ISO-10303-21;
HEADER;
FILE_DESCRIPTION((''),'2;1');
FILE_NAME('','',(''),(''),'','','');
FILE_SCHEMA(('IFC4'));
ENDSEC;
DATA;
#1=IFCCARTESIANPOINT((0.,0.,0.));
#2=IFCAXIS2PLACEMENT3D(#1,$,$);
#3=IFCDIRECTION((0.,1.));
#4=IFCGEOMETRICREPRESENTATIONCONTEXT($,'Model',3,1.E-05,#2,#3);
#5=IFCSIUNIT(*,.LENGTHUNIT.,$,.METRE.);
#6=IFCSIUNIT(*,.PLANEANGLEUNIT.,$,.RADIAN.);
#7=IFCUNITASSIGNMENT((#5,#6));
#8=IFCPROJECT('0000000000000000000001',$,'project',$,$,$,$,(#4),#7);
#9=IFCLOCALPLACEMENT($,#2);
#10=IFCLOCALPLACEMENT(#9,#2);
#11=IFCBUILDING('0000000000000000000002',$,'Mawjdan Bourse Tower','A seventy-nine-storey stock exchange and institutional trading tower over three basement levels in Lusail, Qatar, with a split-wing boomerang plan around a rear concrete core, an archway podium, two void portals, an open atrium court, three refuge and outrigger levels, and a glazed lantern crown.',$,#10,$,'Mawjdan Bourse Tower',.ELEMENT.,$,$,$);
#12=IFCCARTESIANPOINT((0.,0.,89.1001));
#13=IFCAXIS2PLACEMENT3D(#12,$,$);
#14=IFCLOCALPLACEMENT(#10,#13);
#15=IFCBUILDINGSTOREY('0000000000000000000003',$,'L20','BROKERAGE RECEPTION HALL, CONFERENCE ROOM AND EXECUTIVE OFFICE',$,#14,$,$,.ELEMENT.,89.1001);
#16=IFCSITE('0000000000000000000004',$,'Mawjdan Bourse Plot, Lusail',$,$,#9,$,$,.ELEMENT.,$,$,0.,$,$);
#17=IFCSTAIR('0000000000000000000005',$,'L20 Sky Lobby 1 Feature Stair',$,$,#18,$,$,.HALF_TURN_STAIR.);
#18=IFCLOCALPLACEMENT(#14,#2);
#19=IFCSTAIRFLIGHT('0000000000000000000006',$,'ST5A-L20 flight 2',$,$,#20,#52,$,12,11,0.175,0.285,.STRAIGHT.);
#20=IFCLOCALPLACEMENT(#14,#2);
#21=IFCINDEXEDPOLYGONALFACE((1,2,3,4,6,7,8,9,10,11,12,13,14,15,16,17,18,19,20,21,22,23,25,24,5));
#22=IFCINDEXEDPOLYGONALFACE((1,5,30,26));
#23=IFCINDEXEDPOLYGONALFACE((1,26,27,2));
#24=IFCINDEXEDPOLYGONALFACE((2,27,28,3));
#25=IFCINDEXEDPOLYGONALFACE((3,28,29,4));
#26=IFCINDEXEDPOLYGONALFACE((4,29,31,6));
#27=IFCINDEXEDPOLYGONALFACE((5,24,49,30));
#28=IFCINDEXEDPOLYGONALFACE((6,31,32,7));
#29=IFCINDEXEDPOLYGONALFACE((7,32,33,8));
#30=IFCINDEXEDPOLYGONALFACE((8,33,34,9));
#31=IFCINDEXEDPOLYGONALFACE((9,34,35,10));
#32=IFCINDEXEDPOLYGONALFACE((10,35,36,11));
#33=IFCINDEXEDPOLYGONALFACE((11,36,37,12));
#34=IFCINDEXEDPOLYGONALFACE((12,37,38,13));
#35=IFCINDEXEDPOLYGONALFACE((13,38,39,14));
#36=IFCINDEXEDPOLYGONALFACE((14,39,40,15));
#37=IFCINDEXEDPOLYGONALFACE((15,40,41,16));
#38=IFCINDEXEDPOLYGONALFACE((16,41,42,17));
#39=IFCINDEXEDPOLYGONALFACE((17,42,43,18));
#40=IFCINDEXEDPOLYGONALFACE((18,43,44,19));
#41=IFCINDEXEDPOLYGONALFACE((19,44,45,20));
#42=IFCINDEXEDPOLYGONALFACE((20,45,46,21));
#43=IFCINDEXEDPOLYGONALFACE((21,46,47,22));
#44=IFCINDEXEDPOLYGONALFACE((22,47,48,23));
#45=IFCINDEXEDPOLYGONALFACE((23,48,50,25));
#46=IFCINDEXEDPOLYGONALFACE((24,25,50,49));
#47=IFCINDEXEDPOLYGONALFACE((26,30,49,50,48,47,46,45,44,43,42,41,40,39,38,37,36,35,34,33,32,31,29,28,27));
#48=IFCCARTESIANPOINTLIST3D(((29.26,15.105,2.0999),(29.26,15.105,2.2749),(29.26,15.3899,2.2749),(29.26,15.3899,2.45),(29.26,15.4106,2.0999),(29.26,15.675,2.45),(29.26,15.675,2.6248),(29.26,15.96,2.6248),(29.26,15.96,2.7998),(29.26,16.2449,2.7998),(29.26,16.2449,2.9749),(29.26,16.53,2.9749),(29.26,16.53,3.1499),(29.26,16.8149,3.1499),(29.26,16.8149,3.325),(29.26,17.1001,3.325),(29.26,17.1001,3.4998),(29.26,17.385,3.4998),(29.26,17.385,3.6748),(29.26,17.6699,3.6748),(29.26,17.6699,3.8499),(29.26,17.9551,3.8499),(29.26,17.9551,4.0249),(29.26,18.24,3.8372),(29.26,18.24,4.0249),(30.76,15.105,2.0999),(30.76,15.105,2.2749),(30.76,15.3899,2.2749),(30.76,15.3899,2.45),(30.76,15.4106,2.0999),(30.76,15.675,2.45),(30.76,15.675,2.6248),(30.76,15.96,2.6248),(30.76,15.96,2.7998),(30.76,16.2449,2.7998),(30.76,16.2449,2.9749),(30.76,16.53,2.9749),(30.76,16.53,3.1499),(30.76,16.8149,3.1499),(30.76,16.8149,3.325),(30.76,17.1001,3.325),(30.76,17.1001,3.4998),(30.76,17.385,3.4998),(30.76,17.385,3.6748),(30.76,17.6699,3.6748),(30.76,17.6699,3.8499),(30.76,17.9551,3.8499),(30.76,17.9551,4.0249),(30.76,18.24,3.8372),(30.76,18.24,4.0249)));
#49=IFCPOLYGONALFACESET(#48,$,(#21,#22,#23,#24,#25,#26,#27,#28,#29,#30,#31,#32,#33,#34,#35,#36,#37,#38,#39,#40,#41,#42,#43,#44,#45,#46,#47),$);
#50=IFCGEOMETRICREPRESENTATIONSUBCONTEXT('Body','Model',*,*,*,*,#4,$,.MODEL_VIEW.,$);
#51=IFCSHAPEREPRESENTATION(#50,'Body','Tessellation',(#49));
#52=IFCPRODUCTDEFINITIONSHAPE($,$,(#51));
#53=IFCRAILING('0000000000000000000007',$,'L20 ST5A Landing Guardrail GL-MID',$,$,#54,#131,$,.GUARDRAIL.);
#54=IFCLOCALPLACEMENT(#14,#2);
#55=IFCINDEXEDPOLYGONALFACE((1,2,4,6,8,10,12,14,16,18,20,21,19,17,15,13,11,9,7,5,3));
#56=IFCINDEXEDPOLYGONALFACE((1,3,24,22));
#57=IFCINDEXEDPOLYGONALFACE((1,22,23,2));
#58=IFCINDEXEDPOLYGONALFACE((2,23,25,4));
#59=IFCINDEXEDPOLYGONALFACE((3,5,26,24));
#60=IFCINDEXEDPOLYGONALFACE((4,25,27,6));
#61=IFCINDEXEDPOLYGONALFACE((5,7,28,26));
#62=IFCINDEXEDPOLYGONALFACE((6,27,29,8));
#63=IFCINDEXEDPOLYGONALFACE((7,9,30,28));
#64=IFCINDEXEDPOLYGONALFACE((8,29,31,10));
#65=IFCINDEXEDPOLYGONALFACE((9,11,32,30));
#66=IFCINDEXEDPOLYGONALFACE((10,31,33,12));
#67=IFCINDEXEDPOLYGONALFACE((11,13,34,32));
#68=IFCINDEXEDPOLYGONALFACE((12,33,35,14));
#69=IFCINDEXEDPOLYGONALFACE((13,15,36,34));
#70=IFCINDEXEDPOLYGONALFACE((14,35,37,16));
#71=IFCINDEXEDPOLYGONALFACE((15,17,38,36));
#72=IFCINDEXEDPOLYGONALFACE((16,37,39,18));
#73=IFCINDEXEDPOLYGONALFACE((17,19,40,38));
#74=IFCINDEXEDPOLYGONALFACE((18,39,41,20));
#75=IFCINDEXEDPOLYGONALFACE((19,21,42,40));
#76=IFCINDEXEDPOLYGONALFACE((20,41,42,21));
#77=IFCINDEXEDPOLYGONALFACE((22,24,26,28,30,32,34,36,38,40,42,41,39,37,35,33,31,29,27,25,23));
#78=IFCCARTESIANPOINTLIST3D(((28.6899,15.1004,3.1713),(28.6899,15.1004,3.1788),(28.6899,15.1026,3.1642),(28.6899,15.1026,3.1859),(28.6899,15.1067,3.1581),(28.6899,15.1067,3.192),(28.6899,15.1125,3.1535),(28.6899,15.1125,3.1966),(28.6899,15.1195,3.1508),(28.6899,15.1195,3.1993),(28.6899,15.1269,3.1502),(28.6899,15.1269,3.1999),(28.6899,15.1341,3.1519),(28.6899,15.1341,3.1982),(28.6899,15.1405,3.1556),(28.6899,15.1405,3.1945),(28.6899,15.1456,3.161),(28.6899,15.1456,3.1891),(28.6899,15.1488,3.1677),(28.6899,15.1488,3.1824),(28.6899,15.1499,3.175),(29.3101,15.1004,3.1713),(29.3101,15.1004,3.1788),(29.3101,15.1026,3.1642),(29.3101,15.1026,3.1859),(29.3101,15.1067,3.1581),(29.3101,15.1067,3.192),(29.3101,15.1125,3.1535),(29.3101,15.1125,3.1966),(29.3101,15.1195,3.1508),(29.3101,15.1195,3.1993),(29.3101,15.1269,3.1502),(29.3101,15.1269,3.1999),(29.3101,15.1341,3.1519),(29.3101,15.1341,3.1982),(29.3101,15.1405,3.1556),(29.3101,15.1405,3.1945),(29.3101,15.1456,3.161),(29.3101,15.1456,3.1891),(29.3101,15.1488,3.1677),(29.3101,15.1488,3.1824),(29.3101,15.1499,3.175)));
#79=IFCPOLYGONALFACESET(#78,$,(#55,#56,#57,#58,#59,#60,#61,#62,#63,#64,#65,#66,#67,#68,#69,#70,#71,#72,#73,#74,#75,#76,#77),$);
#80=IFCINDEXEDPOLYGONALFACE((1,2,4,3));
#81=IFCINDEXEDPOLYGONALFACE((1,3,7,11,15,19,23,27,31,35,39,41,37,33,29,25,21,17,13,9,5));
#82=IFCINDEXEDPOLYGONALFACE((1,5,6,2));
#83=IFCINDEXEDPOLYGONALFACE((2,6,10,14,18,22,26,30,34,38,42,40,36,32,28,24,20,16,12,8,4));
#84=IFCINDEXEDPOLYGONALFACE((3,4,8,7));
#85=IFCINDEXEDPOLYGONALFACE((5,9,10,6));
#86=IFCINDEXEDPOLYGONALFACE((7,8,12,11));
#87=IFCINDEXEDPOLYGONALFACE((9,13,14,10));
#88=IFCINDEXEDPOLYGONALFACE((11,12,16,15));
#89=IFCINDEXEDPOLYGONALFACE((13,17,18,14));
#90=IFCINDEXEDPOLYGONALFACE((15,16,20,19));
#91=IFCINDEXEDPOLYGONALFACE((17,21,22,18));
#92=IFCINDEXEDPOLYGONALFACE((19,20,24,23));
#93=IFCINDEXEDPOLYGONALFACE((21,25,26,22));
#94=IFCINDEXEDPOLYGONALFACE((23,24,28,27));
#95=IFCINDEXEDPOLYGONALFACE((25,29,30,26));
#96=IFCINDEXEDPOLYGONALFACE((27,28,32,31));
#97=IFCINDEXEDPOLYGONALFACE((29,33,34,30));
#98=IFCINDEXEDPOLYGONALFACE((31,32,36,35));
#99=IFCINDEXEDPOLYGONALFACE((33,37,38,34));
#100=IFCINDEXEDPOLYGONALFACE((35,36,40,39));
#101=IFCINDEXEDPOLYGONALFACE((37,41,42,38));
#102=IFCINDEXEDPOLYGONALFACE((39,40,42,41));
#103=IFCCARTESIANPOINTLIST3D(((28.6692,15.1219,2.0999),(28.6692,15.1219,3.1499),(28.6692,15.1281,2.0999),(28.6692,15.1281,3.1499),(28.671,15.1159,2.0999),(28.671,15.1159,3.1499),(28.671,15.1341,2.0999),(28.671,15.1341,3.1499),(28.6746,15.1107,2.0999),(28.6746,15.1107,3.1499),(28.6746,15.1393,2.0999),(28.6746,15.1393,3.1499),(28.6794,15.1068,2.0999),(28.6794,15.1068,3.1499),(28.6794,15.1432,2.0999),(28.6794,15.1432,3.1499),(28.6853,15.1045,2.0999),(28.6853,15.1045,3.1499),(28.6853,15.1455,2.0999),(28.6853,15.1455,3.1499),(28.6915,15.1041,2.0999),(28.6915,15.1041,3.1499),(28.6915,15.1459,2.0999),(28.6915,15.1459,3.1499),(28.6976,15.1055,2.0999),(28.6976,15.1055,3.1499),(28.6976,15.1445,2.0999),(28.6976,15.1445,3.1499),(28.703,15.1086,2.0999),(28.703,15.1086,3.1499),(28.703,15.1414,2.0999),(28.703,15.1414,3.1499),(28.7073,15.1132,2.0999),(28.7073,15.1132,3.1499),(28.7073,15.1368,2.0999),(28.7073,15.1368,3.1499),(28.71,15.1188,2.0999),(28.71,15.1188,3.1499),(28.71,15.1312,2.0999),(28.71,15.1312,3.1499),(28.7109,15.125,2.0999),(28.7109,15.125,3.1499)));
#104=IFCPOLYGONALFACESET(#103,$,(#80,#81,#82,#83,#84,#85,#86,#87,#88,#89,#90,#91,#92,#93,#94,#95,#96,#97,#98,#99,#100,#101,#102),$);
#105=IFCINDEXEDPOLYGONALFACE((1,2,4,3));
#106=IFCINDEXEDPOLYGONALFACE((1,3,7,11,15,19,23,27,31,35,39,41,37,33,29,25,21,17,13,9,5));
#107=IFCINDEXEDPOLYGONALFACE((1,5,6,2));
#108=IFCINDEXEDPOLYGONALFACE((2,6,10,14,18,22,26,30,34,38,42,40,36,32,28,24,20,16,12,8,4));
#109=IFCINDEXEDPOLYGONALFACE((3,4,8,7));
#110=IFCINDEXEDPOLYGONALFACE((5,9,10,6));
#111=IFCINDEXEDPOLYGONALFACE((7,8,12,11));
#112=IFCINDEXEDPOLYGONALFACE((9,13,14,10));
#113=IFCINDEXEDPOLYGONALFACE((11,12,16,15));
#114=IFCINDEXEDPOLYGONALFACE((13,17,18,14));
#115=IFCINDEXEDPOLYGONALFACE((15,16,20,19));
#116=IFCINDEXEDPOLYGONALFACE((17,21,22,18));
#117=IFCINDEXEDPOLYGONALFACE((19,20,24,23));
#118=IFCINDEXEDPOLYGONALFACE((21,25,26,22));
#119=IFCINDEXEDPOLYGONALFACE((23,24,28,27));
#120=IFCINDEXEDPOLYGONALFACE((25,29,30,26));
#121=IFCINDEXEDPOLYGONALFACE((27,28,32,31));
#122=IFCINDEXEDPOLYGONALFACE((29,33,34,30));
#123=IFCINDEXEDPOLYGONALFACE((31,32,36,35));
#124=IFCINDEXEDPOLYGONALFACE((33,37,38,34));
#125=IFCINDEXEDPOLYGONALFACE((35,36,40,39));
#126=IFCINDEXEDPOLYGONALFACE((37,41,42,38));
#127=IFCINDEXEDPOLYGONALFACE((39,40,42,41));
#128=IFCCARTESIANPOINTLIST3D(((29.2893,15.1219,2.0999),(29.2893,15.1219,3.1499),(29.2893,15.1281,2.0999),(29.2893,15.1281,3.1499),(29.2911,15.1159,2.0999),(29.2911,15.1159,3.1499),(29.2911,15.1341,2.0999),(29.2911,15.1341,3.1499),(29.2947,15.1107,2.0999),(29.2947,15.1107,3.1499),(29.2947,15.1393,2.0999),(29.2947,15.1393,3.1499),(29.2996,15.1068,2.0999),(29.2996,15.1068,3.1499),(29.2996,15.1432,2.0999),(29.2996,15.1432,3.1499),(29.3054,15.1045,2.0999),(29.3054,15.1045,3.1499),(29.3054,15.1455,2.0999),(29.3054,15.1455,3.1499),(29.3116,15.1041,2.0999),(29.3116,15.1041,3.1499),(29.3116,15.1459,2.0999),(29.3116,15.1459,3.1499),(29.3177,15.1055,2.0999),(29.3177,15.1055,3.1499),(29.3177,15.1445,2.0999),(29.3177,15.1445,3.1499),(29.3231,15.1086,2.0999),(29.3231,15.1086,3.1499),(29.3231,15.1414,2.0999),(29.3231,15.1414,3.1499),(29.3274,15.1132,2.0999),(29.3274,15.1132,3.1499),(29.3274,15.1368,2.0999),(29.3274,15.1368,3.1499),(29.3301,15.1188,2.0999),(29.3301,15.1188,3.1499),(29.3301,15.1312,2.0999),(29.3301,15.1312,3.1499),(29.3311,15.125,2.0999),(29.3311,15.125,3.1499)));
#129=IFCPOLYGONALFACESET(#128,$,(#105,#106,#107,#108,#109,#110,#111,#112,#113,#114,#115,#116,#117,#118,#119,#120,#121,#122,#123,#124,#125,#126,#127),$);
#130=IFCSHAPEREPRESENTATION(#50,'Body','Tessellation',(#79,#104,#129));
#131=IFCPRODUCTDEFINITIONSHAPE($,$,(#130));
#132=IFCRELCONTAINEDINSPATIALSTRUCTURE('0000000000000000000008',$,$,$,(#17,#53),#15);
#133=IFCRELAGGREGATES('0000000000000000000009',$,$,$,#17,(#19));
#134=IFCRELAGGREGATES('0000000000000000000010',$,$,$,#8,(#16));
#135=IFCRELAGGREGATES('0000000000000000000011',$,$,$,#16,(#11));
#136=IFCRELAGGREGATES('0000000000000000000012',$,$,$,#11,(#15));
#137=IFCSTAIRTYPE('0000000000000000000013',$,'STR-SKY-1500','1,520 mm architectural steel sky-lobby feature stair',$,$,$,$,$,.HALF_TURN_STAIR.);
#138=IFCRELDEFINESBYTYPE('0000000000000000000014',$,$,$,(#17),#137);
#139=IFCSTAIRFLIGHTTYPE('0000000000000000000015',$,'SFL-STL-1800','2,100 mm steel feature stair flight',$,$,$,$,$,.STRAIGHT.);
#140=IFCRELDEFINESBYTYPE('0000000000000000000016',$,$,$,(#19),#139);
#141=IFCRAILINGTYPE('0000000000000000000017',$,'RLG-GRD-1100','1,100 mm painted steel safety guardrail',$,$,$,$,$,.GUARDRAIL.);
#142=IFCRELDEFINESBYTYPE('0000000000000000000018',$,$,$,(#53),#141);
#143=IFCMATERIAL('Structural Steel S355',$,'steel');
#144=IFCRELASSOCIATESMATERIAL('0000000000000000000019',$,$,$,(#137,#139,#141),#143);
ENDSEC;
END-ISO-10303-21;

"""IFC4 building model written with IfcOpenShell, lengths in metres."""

from ifc_helpers import new_model, si_unit, direction, frame, origin, origin_2d, place, context, subcontext, project, spatial, polyline, circle, outline, extrude, material, type_object, element, aggregate, save


model = new_model("IFC4")

# Units and contexts
model_context = context("Model", 3, precision=1e-05, world=origin(), true_north=direction((0.0, 1.0)))
body_context = subcontext(model_context, "Body", "Model", "MODEL_VIEW")
ifc_project = project(units=[si_unit("LENGTHUNIT", "METRE"), si_unit("PLANEANGLEUNIT", "RADIAN")], contexts=[model_context])

# Site, building, storey
site_placement = place(None, origin())
site = spatial("IfcSite", under=ifc_project, at=site_placement, Name="Mawjdan Bourse Plot, Lusail", CompositionType="ELEMENT", RefElevation=0.0)
building_placement = place(site_placement, origin())
building = spatial("IfcBuilding", under=site, at=building_placement, Name="Mawjdan Bourse Tower", Description="A seventy-nine-storey stock exchange and institutional trading tower over three basement levels in Lusail, Qatar, with a split-wing boomerang plan around a rear concrete core, an archway podium, two void portals, an open atrium court, three refuge and outrigger levels, and a glazed lantern crown.", LongName="Mawjdan Bourse Tower", CompositionType="ELEMENT")
storey_placement = place(building_placement, frame((0.0, 0.0, 89.1001)))
storey = spatial("IfcBuildingStorey", under=building, at=storey_placement, Name="L20", Description="BROKERAGE RECEPTION HALL, CONFERENCE ROOM AND EXECUTIVE OFFICE", CompositionType="ELEMENT", Elevation=89.1001)

# Shared definitions
ifc_material_1 = material(Name="Structural Steel S355", Category="steel")

# Stair, stair flight
stair_type = type_object("IfcStairType", Name="STR-SKY-1500", Description="1,520 mm architectural steel sky-lobby feature stair", PredefinedType="HALF_TURN_STAIR", material=ifc_material_1)
stair_placement = place(storey_placement, origin())
stair = element("IfcStair", 1, at=stair_placement, inside=storey, type_object=stair_type, Name="L20 Sky Lobby 1 Feature Stair", PredefinedType="HALF_TURN_STAIR")
stair_flight_type = type_object("IfcStairFlightType", Name="SFL-STL-1800", Description="2,100 mm steel feature stair flight", PredefinedType="STRAIGHT", material=ifc_material_1)
stair_flight_1_placement = place(storey_placement, frame((30.01, 15.105, 2.0999), z_axis=(0.0, 0.0, 1.0), x_axis=(0.0, 1.0, 0.0)))
stair_flight_1 = element("IfcStairFlight", 2, at=stair_flight_1_placement, type_object=stair_flight_type, Name="ST5A-L20 flight 2", NumberOfRisers=12, NumberOfTreads=11, PredefinedType="STRAIGHT", RiserHeight=0.175, TreadLength=0.285, context=body_context, shape_type="SweptSolid", body=[
    extrude(outline(polyline([(0.0, 0.0), (0.0, 0.175), (0.2849, 0.175), (0.2849, 0.3501), (0.5701, 0.3501), (0.5701, 0.5249), (0.855, 0.5249), (0.855, 0.7), (1.1399, 0.7), (1.1399, 0.875), (1.425, 0.875), (1.425, 1.05), (1.71, 1.05), (1.71, 1.2251), (1.9951, 1.2251), (1.9951, 1.3999), (2.28, 1.3999), (2.28, 1.575), (2.5649, 1.575), (2.5649, 1.75), (2.8501, 1.75), (2.8501, 1.925), (3.135, 1.925), (3.135, 2.1001), (3.135, 1.7373), (0.3057, 0.0), (0.0, 0.0)])), frame((0.0, 0.75, 0.0), z_axis=(0.0, -1.0, 0.0), x_axis=(1.0, 0.0, 0.0)), (0.0, 0.0, 1.0), 1.5),
])
aggregate(stair, [stair_flight_1])

# Railing
railing_type_1 = type_object("IfcRailingType", Name="RLG-GRD-1100", Description="1,100 mm painted steel safety guardrail", PredefinedType="GUARDRAIL", material=ifc_material_1)
railing_1_placement = place(storey_placement, frame((28.6899, 15.125, 2.0999)))
element("IfcRailing", 3, at=railing_1_placement, inside=storey, type_object=railing_type_1, Name="L20 ST5A Landing Guardrail GL-MID", PredefinedType="GUARDRAIL", context=body_context, shape_type="SweptSolid", body=[
    extrude(circle(Radius=0.0249, at=origin_2d()), frame((0.0, 0.0, 1.0752), z_axis=(1.0, 0.0, 0.0), x_axis=(0.0, 1.0, 0.0)), (0.0, 0.0, 1.0), 0.6201),
    extrude(circle(Radius=0.021, at=origin_2d()), origin(), (0.0, 0.0, 1.0), 1.05),
    extrude(circle(Radius=0.021, at=origin_2d()), frame((0.6201, 0.0, 0.0)), (0.0, 0.0, 1.0), 1.05),
])

save(model, "model.ifc")
